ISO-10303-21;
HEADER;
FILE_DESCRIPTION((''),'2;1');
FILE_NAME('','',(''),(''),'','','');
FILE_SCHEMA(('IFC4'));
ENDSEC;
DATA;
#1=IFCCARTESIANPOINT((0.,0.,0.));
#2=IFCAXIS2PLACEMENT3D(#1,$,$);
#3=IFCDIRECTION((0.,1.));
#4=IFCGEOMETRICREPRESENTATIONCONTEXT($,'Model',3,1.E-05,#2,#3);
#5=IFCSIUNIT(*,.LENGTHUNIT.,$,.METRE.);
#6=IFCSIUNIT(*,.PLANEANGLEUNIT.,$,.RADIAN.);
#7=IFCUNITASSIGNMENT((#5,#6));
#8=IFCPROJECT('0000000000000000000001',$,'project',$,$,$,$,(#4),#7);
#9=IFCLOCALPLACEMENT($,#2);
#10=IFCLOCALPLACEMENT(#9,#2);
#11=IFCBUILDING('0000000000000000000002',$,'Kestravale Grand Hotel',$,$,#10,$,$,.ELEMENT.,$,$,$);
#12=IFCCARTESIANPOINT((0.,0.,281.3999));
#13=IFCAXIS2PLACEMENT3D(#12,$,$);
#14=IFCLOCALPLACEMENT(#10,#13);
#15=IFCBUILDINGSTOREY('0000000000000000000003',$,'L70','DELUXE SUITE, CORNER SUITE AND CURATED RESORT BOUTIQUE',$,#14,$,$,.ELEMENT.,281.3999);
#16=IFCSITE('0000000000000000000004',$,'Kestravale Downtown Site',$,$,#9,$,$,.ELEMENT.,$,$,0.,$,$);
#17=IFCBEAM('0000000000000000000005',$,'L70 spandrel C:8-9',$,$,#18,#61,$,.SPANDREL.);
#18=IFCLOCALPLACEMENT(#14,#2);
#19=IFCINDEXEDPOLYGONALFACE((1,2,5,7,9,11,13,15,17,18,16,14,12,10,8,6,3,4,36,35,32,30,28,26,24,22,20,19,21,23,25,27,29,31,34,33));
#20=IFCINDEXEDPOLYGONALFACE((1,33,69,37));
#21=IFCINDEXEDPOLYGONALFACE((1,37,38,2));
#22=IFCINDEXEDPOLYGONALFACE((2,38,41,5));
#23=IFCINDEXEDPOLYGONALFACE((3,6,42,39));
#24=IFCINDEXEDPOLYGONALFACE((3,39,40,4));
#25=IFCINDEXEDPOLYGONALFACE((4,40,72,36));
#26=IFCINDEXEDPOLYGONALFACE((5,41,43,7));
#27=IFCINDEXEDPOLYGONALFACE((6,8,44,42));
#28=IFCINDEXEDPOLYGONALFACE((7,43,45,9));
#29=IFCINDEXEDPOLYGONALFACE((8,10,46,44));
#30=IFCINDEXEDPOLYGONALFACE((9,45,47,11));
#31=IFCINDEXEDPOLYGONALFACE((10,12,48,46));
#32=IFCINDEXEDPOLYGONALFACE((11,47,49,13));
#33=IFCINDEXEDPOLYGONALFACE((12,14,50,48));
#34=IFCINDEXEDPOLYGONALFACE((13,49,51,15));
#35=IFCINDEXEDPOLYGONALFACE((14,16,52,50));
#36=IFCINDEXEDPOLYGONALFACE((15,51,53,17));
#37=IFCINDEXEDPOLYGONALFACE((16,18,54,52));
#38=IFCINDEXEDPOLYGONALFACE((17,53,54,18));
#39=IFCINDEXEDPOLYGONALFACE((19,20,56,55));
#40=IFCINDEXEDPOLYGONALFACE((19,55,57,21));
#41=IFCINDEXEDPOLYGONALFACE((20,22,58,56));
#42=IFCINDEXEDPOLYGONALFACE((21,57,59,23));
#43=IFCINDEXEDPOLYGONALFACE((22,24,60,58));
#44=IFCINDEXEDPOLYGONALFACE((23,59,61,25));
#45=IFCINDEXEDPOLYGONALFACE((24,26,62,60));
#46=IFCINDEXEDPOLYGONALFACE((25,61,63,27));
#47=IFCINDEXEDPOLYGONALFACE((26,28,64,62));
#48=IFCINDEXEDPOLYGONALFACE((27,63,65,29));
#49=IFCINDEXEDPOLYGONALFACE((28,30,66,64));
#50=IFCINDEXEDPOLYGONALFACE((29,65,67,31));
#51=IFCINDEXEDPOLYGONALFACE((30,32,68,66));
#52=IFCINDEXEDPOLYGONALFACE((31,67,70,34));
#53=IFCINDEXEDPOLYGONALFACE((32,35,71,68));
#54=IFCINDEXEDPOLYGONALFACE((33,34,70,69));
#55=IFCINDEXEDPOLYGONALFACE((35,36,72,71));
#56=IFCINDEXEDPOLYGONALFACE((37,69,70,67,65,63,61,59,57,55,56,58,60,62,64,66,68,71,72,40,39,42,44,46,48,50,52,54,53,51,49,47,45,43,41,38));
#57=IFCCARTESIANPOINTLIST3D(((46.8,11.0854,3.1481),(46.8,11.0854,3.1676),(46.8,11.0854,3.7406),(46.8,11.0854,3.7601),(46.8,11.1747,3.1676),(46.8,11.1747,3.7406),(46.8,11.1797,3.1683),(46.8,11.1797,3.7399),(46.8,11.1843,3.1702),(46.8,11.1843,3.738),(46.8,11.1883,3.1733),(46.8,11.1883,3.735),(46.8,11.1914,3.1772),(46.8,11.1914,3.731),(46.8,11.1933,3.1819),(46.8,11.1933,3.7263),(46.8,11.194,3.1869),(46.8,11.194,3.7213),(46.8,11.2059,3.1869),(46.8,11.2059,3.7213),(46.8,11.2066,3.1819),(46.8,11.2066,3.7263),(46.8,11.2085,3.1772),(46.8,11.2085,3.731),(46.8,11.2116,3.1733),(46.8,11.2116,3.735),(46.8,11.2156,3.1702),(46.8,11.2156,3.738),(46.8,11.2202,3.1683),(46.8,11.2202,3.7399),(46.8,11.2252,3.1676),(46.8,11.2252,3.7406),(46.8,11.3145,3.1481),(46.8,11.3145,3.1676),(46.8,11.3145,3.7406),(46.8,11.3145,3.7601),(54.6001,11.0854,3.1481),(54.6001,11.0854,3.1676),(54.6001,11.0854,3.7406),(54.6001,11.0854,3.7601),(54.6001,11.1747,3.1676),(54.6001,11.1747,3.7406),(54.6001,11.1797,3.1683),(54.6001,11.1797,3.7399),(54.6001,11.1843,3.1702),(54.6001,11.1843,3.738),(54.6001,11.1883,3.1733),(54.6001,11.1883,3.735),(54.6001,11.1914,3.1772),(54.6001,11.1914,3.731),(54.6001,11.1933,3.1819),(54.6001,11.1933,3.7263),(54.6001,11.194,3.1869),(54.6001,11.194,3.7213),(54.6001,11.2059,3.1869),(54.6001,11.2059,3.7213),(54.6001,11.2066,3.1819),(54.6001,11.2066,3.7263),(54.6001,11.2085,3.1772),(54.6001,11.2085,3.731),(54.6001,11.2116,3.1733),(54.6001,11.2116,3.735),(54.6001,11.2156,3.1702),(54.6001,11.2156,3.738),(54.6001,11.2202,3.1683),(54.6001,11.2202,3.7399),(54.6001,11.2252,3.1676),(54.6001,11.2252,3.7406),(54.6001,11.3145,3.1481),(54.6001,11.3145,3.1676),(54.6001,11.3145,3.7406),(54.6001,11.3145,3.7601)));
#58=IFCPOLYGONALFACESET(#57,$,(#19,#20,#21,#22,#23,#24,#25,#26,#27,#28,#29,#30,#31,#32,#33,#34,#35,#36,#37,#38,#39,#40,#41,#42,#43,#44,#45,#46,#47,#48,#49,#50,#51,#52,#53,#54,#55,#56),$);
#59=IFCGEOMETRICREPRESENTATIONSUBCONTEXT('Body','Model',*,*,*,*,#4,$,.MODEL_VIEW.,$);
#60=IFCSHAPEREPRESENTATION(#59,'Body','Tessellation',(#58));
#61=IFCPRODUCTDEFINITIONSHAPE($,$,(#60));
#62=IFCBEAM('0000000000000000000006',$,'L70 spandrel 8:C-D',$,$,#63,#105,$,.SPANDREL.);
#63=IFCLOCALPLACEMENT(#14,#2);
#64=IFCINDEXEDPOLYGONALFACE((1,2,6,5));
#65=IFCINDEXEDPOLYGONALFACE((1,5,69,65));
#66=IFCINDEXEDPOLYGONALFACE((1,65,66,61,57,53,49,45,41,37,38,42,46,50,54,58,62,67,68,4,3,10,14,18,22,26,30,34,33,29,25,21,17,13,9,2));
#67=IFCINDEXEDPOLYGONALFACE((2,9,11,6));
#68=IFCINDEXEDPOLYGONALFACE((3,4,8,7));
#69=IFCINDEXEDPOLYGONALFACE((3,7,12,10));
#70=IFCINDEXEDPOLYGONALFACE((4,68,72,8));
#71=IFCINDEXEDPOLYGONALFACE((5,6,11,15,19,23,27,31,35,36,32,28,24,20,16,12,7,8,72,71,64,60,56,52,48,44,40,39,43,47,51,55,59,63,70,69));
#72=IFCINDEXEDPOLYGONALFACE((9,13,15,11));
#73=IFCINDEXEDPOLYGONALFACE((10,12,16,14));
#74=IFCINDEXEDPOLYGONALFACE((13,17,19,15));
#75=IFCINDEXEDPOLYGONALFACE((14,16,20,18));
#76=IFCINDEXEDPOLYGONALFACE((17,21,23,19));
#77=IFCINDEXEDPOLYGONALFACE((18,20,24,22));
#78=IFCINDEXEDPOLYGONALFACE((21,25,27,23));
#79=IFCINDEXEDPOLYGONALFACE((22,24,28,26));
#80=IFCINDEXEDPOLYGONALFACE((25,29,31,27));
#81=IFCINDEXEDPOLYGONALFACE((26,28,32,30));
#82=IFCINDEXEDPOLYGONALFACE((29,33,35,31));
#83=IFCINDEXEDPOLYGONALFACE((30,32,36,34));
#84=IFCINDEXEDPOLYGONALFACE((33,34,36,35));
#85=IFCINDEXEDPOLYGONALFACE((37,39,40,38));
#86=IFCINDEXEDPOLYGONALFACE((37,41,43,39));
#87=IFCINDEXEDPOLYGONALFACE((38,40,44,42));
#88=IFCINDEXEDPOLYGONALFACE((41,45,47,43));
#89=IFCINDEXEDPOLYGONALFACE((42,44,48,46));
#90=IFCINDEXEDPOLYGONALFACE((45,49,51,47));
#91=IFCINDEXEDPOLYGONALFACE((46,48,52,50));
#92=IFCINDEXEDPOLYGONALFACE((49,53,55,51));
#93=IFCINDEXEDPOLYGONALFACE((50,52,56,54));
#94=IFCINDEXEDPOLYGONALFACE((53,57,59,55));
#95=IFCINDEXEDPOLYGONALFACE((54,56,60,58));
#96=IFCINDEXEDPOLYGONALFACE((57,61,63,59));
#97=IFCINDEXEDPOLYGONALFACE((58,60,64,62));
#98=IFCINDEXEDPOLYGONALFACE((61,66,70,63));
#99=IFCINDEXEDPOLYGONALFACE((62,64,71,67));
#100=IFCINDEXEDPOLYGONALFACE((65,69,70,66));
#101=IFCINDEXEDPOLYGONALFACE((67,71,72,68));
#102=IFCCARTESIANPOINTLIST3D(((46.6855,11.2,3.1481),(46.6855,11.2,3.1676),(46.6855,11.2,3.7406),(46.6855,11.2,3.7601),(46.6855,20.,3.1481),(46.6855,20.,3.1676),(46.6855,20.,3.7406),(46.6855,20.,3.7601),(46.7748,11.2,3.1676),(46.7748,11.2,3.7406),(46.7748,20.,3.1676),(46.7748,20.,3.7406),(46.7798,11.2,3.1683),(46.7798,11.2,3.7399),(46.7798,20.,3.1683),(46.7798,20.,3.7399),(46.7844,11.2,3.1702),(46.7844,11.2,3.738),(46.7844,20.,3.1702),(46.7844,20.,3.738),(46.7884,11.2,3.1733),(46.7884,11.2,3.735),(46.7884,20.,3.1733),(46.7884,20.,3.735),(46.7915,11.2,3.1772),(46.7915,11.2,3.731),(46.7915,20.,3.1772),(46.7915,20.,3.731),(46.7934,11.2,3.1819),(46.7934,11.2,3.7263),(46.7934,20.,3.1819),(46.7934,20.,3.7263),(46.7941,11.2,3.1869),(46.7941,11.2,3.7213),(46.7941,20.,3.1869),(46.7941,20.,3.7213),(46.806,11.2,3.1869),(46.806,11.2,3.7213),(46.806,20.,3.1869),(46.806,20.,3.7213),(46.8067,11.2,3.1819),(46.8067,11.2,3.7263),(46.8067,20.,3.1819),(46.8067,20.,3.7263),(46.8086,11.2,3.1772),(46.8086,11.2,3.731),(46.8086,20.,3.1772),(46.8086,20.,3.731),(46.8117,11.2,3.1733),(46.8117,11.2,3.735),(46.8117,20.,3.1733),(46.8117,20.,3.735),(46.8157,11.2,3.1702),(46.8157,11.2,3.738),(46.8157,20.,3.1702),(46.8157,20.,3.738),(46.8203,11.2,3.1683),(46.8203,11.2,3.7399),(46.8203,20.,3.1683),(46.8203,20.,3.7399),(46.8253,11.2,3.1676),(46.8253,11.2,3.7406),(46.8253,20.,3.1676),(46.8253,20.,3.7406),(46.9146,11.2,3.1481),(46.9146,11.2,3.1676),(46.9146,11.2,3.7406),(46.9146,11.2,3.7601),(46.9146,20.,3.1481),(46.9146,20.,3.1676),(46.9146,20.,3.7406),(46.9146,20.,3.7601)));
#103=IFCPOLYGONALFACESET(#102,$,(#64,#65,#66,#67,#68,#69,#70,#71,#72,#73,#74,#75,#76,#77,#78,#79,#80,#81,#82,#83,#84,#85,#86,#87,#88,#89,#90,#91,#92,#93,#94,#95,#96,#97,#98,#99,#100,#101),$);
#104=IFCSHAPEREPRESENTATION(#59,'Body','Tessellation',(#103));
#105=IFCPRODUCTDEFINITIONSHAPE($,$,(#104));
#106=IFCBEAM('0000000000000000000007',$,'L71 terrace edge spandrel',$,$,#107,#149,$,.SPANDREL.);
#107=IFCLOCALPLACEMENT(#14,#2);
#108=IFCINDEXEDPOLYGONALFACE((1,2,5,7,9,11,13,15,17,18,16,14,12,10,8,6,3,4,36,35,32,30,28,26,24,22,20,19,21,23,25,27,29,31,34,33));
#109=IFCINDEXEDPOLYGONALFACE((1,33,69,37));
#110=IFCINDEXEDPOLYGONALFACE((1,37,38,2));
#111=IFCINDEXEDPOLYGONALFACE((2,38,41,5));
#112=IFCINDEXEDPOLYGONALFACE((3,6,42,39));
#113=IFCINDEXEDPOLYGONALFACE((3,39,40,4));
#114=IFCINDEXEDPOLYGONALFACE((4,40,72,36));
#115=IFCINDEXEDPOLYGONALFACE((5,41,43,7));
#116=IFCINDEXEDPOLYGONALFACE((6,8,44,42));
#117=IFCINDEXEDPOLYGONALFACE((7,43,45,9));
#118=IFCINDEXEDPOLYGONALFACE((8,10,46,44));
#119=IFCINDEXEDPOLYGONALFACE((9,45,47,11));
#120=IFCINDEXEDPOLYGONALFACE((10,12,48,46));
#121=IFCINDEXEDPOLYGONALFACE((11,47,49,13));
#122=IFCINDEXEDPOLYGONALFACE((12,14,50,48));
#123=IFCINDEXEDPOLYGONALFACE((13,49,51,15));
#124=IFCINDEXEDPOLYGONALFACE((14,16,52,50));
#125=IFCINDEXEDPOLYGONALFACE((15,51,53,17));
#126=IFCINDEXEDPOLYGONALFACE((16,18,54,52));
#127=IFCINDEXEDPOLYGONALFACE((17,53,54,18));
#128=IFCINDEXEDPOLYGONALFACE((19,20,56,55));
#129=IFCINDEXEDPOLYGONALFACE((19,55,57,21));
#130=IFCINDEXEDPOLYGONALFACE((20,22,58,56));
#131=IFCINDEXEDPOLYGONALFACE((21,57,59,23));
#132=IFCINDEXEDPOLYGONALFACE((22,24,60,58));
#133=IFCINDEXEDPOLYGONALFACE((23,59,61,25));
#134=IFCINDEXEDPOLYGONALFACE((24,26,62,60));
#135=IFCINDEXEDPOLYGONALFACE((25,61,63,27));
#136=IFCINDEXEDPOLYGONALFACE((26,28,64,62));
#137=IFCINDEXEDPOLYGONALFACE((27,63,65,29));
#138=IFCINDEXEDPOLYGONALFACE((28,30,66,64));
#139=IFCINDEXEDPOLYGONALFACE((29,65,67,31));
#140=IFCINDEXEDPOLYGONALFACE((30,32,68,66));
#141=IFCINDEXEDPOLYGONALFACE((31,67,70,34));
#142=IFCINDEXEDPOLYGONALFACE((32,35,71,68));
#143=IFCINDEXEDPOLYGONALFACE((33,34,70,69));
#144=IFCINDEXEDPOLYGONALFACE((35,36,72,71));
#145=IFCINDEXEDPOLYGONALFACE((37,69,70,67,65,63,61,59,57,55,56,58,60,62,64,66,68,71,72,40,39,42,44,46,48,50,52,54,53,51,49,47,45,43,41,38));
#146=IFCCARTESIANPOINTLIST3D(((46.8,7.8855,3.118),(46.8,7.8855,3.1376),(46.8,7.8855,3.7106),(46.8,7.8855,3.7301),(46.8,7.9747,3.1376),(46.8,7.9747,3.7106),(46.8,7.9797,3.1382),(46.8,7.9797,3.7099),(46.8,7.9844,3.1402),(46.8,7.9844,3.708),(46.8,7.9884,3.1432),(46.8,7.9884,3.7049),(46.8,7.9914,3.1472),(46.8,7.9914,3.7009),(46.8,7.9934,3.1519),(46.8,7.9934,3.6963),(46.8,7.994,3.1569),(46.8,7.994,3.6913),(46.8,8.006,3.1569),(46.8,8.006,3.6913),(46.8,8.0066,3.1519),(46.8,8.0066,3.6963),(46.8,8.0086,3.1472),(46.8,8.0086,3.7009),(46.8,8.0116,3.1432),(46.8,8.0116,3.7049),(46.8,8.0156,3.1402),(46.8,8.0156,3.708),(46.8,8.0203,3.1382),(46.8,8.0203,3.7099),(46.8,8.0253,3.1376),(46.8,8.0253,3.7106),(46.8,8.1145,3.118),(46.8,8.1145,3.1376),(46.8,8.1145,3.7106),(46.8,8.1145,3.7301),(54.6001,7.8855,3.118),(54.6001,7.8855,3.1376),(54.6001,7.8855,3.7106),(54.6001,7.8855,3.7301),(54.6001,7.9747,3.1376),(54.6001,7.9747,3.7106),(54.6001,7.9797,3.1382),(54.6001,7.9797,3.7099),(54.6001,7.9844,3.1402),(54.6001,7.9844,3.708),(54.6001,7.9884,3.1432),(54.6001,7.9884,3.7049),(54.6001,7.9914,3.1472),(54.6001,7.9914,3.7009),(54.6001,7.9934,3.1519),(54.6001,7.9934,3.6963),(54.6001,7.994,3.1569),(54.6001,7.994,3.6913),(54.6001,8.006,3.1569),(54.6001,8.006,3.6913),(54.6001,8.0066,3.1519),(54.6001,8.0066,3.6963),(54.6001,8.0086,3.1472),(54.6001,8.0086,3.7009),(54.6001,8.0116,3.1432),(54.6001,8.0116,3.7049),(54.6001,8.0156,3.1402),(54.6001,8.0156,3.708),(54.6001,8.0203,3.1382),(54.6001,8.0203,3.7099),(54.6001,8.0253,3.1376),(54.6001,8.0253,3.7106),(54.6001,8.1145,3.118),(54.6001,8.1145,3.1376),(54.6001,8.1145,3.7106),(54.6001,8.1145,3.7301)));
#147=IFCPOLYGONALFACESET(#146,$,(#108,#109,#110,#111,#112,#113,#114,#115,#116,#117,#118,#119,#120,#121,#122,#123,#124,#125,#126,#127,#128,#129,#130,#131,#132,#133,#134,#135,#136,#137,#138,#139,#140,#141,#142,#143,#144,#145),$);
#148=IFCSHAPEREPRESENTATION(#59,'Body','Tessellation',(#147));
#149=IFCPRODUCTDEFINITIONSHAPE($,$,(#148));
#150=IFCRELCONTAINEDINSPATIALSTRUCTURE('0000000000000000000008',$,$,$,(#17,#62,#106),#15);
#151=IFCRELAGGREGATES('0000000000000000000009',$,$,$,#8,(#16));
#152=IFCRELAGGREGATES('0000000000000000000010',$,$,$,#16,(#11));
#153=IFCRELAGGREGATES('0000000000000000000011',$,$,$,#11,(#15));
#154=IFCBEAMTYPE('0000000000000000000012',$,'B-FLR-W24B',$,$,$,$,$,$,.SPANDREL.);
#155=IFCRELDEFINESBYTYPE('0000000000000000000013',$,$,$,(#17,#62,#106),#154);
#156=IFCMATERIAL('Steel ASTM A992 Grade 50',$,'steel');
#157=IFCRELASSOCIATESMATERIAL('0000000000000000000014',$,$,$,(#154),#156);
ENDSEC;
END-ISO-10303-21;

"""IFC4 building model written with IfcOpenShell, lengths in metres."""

from ifc_helpers import new_model, si_unit, direction, frame, origin, origin_2d, place, context, subcontext, project, spatial, i_section, extrude, material, material_profile, profile_set, type_object, element, save


model = new_model("IFC4")

# Units and contexts
model_context = context("Model", 3, precision=1e-05, world=origin(), true_north=direction((0.0, 1.0)))
body_context = subcontext(model_context, "Body", "Model", "MODEL_VIEW")
ifc_project = project(units=[si_unit("LENGTHUNIT", "METRE"), si_unit("PLANEANGLEUNIT", "RADIAN")], contexts=[model_context])

# Site, building, storey
site_placement = place(None, origin())
site = spatial("IfcSite", under=ifc_project, at=site_placement, Name="Kestravale Downtown Site", CompositionType="ELEMENT", RefElevation=0.0)
building_placement = place(site_placement, origin())
building = spatial("IfcBuilding", under=site, at=building_placement, Name="Kestravale Grand Hotel", CompositionType="ELEMENT")
storey_placement = place(building_placement, frame((0.0, 0.0, 281.3999)))
storey = spatial("IfcBuildingStorey", under=building, at=storey_placement, Name="L70", Description="DELUXE SUITE, CORNER SUITE AND CURATED RESORT BOUTIQUE", CompositionType="ELEMENT", Elevation=281.3999)

# Beams
ifc_material_1 = material(Name="Steel ASTM A992 Grade 50", Category="steel")
ifc_material_profile_1 = material_profile(ifc_material_1, i_section(OverallWidth=0.229, OverallDepth=0.6121, WebThickness=0.012, FlangeThickness=0.0195, FilletRadius=0.0193, at=origin_2d()))
ifc_profile_set_1 = profile_set([ifc_material_profile_1], Name="Steel ASTM A992 Grade 50")
beam_type_1 = type_object("IfcBeamType", Name="B-FLR-W24B", PredefinedType="SPANDREL", material=ifc_profile_set_1)
beam_1_placement = place(storey_placement, frame((46.8, 11.2, 3.4541), z_axis=(1.0, 0.0, 0.0), x_axis=(0.0, 1.0, 0.0)))
element("IfcBeam", 1, at=beam_1_placement, inside=storey, type_object=beam_type_1, Name="L70 spandrel C:8-9", PredefinedType="SPANDREL", context=body_context, shape_type="SweptSolid", body=[
    extrude(i_section(OverallWidth=0.229, OverallDepth=0.6121, WebThickness=0.012, FlangeThickness=0.0195, FilletRadius=0.0193, at=origin_2d()), origin(), (0.0, 0.0, 1.0), 7.8),
])
beam_2_placement = place(storey_placement, frame((46.8, 11.2, 3.4541), z_axis=(0.0, 1.0, 0.0), x_axis=(-1.0, 0.0, 0.0)))
element("IfcBeam", 2, at=beam_2_placement, inside=storey, type_object=beam_type_1, Name="L70 spandrel 8:C-D", PredefinedType="SPANDREL", context=body_context, shape_type="SweptSolid", body=[
    extrude(i_section(OverallWidth=0.229, OverallDepth=0.6121, WebThickness=0.012, FlangeThickness=0.0195, FilletRadius=0.0193, at=origin_2d()), origin(), (0.0, 0.0, 1.0), 8.8),
])
beam_3_placement = place(storey_placement, frame((46.8, 8.0, 3.4241), z_axis=(1.0, 0.0, 0.0), x_axis=(0.0, 1.0, 0.0)))
element("IfcBeam", 3, at=beam_3_placement, inside=storey, type_object=beam_type_1, Name="L71 terrace edge spandrel", PredefinedType="SPANDREL", context=body_context, shape_type="SweptSolid", body=[
    extrude(i_section(OverallWidth=0.229, OverallDepth=0.6121, WebThickness=0.012, FlangeThickness=0.0195, FilletRadius=0.0193, at=origin_2d()), origin(), (0.0, 0.0, 1.0), 7.8),
])

save(model, "model.ifc")
